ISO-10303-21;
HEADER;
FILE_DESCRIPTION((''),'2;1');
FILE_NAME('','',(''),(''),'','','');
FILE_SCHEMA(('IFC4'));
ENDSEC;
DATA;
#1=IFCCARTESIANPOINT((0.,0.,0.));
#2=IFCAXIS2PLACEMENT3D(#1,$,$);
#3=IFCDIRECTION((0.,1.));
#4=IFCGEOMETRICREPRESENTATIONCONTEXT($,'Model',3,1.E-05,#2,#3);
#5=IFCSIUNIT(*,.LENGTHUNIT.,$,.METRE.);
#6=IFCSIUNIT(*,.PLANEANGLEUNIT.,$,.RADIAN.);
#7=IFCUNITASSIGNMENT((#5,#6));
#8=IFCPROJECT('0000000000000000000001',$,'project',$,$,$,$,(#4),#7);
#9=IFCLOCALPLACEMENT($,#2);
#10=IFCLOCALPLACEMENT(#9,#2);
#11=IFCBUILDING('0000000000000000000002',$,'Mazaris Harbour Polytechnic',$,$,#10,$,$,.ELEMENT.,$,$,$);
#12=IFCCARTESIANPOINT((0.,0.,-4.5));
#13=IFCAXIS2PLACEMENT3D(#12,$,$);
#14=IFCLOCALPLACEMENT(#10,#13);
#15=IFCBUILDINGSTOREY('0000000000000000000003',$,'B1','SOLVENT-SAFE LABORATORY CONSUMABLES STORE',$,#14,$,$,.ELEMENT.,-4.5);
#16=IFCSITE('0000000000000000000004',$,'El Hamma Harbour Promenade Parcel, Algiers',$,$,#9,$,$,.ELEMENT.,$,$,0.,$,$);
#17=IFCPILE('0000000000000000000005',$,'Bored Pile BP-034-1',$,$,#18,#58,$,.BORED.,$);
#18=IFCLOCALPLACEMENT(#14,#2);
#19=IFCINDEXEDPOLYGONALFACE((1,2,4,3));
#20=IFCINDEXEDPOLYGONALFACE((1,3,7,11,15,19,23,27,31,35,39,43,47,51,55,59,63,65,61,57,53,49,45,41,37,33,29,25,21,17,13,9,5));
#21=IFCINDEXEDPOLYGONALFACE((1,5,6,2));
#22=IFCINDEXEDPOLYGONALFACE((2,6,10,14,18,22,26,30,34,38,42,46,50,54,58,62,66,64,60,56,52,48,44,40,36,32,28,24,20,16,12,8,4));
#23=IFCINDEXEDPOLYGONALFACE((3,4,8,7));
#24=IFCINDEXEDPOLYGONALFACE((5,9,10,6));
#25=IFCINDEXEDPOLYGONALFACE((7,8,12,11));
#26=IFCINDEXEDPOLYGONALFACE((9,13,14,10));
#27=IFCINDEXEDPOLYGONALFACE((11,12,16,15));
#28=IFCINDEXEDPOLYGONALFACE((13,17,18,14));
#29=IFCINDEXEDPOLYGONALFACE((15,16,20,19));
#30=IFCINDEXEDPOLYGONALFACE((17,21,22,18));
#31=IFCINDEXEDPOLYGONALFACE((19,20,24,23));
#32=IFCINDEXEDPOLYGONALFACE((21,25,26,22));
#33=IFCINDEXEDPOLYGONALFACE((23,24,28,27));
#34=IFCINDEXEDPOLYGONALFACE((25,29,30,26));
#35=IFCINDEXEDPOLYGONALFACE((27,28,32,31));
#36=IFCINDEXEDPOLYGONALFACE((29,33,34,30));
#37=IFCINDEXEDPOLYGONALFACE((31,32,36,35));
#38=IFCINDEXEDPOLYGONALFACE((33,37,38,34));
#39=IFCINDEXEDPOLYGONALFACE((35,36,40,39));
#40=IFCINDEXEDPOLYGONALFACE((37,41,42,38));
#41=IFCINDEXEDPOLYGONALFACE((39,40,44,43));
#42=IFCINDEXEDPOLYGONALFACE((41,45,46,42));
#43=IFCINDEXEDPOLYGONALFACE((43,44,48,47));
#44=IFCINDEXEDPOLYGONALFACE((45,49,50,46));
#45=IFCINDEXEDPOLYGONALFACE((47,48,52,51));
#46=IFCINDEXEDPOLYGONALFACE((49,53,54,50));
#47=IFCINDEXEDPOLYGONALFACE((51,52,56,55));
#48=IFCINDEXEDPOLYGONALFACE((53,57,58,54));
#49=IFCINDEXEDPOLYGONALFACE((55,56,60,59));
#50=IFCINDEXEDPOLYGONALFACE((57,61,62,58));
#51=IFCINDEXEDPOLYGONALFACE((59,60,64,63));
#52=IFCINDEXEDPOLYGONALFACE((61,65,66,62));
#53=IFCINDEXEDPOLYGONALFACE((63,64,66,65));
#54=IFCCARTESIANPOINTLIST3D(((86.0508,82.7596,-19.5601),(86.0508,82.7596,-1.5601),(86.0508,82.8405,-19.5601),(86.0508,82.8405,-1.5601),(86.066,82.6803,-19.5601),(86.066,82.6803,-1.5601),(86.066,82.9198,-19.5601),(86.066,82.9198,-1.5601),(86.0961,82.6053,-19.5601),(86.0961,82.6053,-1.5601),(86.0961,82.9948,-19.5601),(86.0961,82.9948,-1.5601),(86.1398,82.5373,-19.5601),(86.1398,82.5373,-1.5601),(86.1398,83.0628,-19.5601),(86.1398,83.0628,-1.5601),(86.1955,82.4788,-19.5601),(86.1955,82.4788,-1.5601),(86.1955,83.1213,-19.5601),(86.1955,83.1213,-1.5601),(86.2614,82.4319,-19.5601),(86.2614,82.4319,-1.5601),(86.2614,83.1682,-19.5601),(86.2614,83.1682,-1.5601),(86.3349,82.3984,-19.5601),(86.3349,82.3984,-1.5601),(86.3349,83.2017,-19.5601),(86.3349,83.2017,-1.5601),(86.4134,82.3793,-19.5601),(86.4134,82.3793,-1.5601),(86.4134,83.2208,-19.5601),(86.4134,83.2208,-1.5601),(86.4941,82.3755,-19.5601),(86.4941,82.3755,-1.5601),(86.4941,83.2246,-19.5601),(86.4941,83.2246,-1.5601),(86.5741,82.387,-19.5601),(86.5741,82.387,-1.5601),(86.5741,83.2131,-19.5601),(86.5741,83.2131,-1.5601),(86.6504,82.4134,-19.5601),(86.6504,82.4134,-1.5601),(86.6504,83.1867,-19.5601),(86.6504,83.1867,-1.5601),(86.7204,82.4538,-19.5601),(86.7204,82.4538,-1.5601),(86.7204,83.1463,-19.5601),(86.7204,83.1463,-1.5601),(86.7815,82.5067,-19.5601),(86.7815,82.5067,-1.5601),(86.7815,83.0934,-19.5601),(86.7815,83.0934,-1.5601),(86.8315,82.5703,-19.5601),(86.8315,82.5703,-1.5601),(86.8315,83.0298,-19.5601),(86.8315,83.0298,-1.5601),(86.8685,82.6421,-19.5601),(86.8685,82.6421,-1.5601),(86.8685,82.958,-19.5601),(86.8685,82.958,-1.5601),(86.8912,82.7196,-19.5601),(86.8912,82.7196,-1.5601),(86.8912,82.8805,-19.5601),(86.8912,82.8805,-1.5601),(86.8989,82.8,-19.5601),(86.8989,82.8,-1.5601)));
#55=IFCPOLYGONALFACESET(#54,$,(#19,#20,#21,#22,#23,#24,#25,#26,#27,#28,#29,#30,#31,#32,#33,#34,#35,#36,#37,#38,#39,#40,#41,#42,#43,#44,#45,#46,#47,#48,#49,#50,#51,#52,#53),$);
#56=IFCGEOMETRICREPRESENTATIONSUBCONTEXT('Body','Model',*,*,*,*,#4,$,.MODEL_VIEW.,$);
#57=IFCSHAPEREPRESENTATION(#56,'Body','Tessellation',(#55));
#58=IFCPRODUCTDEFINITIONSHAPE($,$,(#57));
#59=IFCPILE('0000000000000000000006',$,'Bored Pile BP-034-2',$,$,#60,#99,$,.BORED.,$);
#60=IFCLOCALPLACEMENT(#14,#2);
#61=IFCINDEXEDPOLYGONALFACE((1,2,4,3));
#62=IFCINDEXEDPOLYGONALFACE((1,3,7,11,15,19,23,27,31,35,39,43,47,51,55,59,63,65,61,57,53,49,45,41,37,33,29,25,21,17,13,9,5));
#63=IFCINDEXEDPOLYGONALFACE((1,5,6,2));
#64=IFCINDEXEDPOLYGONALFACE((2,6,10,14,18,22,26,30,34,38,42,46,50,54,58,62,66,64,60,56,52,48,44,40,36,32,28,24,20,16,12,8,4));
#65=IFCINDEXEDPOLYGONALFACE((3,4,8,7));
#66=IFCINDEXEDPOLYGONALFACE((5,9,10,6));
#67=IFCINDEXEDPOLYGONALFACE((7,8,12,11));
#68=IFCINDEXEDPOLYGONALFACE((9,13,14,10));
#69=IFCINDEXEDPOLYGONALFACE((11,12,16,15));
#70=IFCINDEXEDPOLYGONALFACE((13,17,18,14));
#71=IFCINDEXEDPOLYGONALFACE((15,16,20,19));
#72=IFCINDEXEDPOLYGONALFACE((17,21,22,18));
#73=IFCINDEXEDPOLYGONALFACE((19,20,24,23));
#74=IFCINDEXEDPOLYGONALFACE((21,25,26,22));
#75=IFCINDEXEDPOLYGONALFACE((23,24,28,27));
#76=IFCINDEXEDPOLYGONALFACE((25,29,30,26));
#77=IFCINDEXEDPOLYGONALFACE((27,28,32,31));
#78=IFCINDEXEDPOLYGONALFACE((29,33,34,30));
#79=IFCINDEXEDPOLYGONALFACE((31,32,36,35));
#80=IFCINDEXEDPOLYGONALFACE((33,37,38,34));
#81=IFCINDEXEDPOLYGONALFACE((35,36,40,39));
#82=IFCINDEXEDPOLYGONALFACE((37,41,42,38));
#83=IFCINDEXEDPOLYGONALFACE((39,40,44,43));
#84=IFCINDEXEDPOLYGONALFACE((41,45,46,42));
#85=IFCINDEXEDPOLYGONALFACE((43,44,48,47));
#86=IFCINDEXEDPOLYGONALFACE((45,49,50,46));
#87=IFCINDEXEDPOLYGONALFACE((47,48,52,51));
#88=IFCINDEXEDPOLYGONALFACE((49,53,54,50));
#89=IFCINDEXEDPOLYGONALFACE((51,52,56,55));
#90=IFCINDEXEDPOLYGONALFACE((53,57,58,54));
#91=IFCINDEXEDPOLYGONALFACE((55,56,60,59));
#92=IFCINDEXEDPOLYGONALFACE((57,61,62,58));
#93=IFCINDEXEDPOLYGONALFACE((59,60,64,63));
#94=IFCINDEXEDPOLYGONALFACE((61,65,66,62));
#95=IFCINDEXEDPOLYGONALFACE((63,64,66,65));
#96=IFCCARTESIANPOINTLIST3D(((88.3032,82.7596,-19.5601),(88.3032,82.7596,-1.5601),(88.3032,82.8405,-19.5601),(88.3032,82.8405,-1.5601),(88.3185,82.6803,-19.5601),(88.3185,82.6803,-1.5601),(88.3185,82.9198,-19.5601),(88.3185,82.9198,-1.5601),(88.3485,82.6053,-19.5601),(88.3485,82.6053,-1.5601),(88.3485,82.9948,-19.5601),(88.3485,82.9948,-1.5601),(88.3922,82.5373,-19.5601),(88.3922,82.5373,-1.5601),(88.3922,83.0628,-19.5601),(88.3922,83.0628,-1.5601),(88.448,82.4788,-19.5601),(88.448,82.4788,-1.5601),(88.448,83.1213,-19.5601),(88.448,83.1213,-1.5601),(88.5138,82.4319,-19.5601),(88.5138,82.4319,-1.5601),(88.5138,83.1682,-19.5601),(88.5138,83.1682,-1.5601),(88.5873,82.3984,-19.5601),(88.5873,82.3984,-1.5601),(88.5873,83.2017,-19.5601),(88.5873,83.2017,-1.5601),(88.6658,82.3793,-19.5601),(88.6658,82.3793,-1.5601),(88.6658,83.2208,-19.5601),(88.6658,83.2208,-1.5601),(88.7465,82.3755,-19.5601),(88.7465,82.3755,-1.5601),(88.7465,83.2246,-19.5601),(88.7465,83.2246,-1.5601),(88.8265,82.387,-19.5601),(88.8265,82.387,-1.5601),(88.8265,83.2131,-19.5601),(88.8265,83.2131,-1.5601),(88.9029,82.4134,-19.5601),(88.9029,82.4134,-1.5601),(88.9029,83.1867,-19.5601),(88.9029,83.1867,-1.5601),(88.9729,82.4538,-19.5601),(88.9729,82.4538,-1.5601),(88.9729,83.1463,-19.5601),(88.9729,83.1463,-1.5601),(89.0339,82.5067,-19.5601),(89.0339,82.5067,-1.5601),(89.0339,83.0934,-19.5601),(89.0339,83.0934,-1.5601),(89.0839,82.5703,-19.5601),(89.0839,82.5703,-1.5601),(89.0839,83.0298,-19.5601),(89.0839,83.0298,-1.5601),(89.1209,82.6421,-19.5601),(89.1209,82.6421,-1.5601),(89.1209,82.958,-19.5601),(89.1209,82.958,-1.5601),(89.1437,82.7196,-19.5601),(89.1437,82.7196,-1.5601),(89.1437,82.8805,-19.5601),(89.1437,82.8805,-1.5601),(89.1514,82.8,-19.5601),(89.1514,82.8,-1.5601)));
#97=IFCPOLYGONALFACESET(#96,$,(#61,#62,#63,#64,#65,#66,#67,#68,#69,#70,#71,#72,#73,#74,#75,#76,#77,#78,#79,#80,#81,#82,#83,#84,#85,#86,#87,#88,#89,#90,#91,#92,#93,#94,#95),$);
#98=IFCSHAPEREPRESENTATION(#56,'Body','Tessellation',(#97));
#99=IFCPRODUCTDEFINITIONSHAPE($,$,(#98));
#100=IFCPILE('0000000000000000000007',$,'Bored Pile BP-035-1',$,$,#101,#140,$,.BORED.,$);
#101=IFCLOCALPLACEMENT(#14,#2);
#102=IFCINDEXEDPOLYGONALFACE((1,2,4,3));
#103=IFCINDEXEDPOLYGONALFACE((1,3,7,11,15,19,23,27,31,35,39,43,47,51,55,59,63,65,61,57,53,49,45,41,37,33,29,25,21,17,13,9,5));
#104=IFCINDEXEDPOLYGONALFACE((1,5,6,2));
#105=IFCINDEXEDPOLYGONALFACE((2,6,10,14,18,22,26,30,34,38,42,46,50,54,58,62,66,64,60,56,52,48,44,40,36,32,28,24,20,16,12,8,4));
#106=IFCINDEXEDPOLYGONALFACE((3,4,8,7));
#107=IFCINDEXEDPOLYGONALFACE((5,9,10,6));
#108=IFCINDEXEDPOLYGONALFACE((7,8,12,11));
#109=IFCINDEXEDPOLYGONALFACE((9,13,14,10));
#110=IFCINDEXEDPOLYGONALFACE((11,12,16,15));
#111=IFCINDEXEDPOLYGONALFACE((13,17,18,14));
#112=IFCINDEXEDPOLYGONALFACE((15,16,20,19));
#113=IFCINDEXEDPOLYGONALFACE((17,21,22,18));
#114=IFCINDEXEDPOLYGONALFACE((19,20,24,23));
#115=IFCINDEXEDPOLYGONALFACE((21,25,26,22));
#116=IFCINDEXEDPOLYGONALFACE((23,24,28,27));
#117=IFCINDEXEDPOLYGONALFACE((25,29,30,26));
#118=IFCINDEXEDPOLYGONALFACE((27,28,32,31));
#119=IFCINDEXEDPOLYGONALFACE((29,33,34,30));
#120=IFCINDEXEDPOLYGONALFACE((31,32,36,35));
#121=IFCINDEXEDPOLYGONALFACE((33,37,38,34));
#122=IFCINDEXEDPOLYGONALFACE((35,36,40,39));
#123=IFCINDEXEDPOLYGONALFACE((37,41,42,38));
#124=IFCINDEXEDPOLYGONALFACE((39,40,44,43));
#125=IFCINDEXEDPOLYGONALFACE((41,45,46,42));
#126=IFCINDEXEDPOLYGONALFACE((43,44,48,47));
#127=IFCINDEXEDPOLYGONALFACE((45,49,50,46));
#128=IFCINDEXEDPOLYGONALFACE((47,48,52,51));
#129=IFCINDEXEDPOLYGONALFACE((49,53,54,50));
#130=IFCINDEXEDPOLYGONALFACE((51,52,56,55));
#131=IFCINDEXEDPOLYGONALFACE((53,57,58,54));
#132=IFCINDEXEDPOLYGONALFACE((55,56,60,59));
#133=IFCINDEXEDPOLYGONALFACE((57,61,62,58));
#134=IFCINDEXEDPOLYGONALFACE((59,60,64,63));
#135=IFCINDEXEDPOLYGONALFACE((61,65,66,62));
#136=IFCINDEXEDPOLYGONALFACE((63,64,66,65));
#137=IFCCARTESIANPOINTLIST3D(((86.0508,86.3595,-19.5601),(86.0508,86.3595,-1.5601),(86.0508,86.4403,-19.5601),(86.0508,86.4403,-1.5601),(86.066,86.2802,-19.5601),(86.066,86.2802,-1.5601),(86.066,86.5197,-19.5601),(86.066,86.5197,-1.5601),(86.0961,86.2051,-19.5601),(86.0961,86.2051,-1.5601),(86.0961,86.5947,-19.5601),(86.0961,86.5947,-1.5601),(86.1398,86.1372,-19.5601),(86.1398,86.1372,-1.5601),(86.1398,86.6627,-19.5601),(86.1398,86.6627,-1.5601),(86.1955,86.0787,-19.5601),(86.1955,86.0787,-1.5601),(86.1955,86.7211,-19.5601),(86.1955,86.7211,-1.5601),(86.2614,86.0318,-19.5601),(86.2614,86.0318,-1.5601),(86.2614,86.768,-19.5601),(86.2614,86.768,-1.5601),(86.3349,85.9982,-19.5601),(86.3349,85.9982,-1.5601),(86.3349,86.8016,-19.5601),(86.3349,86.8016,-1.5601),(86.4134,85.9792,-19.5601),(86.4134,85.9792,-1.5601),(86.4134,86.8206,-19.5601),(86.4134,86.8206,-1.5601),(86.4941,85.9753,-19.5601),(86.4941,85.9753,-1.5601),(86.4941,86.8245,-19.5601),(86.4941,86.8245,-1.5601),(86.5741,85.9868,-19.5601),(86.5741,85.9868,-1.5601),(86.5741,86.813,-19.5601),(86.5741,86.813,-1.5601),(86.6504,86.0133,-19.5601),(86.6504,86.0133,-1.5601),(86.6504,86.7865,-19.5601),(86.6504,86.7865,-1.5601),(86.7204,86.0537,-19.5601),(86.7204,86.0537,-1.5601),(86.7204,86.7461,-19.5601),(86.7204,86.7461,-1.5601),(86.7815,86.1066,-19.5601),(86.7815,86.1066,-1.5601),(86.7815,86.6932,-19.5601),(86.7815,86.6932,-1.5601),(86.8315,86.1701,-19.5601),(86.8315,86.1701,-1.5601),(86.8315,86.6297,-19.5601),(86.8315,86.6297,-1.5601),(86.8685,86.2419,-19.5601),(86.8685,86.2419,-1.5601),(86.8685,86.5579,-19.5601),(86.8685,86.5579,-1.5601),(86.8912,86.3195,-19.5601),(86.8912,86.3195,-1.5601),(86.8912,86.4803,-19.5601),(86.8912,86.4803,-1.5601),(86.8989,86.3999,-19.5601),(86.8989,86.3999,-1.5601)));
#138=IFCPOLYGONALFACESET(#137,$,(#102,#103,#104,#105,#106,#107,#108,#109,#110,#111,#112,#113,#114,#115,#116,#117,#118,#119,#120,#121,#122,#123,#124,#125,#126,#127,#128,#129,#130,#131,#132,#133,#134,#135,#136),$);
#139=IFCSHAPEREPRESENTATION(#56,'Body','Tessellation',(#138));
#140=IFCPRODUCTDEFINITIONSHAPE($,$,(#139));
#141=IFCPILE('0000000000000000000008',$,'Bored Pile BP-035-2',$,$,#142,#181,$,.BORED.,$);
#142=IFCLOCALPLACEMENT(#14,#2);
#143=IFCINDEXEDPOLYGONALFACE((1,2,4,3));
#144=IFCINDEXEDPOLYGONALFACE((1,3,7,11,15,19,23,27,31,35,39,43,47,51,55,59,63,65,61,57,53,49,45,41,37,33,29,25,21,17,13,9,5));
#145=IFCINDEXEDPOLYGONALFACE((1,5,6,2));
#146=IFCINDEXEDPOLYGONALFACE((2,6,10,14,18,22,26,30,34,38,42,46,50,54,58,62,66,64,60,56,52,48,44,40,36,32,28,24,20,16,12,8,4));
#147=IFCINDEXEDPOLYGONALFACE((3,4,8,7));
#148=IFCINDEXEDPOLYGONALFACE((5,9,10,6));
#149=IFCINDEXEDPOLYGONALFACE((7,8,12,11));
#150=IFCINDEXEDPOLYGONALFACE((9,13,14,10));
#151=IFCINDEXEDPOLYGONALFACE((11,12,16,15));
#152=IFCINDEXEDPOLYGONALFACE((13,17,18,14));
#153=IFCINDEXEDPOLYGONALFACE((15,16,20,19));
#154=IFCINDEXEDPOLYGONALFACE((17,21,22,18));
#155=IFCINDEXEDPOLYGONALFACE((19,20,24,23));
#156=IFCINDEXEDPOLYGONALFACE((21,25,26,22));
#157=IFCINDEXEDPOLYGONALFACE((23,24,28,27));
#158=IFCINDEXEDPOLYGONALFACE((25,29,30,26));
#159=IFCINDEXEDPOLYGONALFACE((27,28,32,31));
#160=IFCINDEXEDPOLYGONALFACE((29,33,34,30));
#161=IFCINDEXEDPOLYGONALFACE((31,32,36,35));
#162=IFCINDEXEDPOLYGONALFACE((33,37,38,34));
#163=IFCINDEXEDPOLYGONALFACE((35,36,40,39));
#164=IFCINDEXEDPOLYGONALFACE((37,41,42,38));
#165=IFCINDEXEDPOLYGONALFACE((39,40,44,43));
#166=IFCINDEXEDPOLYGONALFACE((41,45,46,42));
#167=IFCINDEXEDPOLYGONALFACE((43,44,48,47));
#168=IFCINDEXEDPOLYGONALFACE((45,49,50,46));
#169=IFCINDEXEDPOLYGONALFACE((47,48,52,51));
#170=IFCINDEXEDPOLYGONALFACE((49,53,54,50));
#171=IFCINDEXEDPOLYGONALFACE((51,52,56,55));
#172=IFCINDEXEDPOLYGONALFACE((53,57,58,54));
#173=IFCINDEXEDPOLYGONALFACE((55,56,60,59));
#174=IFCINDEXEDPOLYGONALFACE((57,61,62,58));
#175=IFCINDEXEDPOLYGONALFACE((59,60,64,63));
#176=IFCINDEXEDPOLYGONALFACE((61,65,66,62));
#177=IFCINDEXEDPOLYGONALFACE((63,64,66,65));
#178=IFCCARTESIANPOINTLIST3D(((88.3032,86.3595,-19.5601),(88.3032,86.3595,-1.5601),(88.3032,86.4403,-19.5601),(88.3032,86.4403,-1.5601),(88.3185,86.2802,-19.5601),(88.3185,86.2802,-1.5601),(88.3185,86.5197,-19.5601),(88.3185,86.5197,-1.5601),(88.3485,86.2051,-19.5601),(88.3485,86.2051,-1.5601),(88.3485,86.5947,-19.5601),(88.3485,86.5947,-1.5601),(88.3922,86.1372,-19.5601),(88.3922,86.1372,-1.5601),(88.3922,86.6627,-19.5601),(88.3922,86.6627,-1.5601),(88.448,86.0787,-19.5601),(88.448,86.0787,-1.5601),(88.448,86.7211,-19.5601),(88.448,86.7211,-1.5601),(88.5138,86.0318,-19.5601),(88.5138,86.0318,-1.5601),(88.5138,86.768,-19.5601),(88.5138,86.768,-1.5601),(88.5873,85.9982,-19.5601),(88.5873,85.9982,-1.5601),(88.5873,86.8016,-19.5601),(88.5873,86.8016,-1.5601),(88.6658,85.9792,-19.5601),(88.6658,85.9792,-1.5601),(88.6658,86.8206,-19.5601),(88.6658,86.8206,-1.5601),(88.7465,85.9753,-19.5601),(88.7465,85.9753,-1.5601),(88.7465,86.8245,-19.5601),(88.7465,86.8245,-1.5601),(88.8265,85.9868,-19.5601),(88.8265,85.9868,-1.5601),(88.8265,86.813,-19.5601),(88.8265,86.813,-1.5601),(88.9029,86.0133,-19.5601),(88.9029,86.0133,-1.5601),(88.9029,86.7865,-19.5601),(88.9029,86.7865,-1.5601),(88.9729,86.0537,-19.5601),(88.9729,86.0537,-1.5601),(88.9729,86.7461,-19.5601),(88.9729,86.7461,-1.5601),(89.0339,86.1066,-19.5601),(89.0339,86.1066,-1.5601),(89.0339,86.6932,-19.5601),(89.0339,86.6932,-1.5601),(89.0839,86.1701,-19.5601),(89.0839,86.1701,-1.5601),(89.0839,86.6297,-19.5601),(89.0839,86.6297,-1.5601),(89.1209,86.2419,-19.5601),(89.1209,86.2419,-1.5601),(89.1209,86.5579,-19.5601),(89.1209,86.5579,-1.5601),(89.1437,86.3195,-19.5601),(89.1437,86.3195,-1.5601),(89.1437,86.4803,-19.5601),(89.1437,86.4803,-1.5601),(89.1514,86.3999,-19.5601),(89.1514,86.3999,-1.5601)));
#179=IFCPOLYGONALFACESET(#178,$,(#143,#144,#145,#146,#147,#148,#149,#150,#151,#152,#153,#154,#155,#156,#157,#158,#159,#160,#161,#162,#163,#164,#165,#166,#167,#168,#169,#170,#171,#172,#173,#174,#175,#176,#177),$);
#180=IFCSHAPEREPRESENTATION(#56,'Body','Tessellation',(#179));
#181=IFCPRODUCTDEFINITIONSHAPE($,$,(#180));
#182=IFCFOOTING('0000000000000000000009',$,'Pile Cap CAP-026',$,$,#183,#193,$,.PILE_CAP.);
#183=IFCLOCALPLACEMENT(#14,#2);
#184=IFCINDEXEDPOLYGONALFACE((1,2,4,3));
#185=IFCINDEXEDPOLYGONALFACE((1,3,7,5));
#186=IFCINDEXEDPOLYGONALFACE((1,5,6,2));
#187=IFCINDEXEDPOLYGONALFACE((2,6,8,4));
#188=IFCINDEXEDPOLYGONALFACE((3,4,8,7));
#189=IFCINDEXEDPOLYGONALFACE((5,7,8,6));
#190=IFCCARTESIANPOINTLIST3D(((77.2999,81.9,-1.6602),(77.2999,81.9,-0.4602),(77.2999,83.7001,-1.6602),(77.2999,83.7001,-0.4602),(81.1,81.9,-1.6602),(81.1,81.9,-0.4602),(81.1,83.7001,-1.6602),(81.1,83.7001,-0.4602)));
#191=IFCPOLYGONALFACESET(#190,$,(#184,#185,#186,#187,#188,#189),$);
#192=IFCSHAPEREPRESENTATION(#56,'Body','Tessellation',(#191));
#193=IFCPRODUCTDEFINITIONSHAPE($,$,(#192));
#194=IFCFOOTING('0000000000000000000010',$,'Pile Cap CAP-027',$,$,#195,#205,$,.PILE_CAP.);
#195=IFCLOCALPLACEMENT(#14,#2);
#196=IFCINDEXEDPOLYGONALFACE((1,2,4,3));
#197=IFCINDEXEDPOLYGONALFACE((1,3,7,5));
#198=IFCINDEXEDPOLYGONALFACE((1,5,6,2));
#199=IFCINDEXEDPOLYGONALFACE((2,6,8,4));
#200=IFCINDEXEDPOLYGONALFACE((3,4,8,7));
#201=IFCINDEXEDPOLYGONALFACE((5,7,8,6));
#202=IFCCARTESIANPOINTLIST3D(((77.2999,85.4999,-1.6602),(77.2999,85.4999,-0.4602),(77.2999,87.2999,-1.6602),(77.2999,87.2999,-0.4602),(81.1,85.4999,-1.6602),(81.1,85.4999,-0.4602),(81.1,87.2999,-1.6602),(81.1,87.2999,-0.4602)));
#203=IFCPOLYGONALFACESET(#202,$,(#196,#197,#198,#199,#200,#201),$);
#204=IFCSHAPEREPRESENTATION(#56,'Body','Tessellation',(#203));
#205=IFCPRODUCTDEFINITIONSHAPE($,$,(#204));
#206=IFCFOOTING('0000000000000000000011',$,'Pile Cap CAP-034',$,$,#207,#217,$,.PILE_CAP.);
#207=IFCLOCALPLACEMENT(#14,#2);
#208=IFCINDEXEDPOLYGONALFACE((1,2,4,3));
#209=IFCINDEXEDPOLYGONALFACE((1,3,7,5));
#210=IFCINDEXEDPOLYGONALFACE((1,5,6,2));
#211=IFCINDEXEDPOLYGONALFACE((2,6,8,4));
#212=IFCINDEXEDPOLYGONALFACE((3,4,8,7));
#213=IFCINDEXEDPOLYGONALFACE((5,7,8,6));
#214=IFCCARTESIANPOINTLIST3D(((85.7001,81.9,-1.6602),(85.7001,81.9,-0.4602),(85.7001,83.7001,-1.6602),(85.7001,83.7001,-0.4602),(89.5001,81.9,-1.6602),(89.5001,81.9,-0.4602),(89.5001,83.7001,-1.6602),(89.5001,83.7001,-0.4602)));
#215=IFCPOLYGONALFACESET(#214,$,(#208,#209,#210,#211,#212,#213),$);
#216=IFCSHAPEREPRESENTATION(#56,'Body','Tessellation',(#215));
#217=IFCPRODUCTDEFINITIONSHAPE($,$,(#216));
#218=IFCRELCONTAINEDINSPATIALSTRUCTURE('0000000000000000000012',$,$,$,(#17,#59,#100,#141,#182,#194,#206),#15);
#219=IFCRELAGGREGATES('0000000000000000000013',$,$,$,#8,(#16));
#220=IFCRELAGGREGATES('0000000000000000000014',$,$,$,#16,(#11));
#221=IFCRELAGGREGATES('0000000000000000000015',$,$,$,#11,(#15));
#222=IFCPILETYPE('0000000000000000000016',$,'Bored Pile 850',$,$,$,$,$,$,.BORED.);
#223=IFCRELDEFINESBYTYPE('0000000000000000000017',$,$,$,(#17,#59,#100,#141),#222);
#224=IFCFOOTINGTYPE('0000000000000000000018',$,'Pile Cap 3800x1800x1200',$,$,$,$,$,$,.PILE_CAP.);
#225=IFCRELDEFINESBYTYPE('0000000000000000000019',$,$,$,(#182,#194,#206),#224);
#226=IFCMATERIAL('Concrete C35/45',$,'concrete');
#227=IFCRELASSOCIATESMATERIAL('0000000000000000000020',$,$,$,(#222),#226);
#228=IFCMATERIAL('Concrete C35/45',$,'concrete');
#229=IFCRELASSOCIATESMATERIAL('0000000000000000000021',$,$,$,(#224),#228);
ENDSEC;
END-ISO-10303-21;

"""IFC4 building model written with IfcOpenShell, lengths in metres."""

from ifc_helpers import new_model, si_unit, direction, frame, origin, origin_2d, place, context, subcontext, project, spatial, rectangle, circle, extrude, material, material_profile, profile_set, type_object, element, save


model = new_model("IFC4")

# Units and contexts
model_context = context("Model", 3, precision=1e-05, world=origin(), true_north=direction((0.0, 1.0)))
body_context = subcontext(model_context, "Body", "Model", "MODEL_VIEW")
ifc_project = project(units=[si_unit("LENGTHUNIT", "METRE"), si_unit("PLANEANGLEUNIT", "RADIAN")], contexts=[model_context])

# Site, building, storey
site_placement = place(None, origin())
site = spatial("IfcSite", under=ifc_project, at=site_placement, Name="El Hamma Harbour Promenade Parcel, Algiers", CompositionType="ELEMENT", RefElevation=0.0)
building_placement = place(site_placement, origin())
building = spatial("IfcBuilding", under=site, at=building_placement, Name="Mazaris Harbour Polytechnic", CompositionType="ELEMENT")
storey_placement = place(building_placement, frame((0.0, 0.0, -4.5)))
storey = spatial("IfcBuildingStorey", under=building, at=storey_placement, Name="B1", Description="SOLVENT-SAFE LABORATORY CONSUMABLES STORE", CompositionType="ELEMENT", Elevation=-4.5)

# Piles
ifc_material_1 = material(Name="Concrete C35/45", Category="concrete")
ifc_material_profile_1 = material_profile(ifc_material_1, circle(Radius=0.425, at=origin_2d()), Name="DIA850")
ifc_profile_set_1 = profile_set([ifc_material_profile_1], Name="Concrete C35/45")
pile_type = type_object("IfcPileType", Name="Bored Pile 850", PredefinedType="BORED", material=ifc_profile_set_1)
for number, where, z_axis, x_axis, name in (
    (1, (86.4739, 82.8, -1.5601), (0.0, 0.0, -1.0), (1.0, 0.0, 0.0), "Bored Pile BP-034-1"),
    (2, (88.7263, 82.8, -1.5601), (0.0, 0.0, -1.0), (1.0, 0.0, 0.0), "Bored Pile BP-034-2"),
    (3, (86.4739, 86.3999, -1.5601), (0.0, 0.0, -1.0), (1.0, 0.0, 0.0), "Bored Pile BP-035-1"),
    (4, (88.7263, 86.3999, -1.5601), (0.0, 0.0, -1.0), (1.0, 0.0, 0.0), "Bored Pile BP-035-2"),
):
    element("IfcPile", number, at=place(storey_placement, frame(where, z_axis=z_axis, x_axis=x_axis)), inside=storey, type_object=pile_type, Name=name, PredefinedType="BORED", context=body_context, shape_type="SweptSolid", body=[
        extrude(circle(Radius=0.425, at=origin_2d()), origin(), (0.0, 0.0, 1.0), 18.0),
    ])

# Footings
ifc_material_2 = material(Name="Concrete C35/45", Category="concrete")
footing_type_1 = type_object("IfcFootingType", Name="Pile Cap 3800x1800x1200", PredefinedType="PILE_CAP", material=ifc_material_2)
for number, where, z_axis, x_axis, name in (
    (5, (79.2, 82.8, -1.6602), (0.0, 0.0, 1.0), (1.0, 0.0, 0.0), "Pile Cap CAP-026"),
    (6, (79.2, 86.3999, -1.6602), (0.0, 0.0, 1.0), (1.0, 0.0, 0.0), "Pile Cap CAP-027"),
    (7, (87.6001, 82.8, -1.6602), (0.0, 0.0, 1.0), (1.0, 0.0, 0.0), "Pile Cap CAP-034"),
):
    element("IfcFooting", number, at=place(storey_placement, frame(where, z_axis=z_axis, x_axis=x_axis)), inside=storey, type_object=footing_type_1, Name=name, PredefinedType="PILE_CAP", context=body_context, shape_type="SweptSolid", body=[
        extrude(rectangle(XDim=3.8, YDim=1.8, at=origin_2d()), origin(), (0.0, 0.0, 1.0), 1.2),
    ])

save(model, "model.ifc")
